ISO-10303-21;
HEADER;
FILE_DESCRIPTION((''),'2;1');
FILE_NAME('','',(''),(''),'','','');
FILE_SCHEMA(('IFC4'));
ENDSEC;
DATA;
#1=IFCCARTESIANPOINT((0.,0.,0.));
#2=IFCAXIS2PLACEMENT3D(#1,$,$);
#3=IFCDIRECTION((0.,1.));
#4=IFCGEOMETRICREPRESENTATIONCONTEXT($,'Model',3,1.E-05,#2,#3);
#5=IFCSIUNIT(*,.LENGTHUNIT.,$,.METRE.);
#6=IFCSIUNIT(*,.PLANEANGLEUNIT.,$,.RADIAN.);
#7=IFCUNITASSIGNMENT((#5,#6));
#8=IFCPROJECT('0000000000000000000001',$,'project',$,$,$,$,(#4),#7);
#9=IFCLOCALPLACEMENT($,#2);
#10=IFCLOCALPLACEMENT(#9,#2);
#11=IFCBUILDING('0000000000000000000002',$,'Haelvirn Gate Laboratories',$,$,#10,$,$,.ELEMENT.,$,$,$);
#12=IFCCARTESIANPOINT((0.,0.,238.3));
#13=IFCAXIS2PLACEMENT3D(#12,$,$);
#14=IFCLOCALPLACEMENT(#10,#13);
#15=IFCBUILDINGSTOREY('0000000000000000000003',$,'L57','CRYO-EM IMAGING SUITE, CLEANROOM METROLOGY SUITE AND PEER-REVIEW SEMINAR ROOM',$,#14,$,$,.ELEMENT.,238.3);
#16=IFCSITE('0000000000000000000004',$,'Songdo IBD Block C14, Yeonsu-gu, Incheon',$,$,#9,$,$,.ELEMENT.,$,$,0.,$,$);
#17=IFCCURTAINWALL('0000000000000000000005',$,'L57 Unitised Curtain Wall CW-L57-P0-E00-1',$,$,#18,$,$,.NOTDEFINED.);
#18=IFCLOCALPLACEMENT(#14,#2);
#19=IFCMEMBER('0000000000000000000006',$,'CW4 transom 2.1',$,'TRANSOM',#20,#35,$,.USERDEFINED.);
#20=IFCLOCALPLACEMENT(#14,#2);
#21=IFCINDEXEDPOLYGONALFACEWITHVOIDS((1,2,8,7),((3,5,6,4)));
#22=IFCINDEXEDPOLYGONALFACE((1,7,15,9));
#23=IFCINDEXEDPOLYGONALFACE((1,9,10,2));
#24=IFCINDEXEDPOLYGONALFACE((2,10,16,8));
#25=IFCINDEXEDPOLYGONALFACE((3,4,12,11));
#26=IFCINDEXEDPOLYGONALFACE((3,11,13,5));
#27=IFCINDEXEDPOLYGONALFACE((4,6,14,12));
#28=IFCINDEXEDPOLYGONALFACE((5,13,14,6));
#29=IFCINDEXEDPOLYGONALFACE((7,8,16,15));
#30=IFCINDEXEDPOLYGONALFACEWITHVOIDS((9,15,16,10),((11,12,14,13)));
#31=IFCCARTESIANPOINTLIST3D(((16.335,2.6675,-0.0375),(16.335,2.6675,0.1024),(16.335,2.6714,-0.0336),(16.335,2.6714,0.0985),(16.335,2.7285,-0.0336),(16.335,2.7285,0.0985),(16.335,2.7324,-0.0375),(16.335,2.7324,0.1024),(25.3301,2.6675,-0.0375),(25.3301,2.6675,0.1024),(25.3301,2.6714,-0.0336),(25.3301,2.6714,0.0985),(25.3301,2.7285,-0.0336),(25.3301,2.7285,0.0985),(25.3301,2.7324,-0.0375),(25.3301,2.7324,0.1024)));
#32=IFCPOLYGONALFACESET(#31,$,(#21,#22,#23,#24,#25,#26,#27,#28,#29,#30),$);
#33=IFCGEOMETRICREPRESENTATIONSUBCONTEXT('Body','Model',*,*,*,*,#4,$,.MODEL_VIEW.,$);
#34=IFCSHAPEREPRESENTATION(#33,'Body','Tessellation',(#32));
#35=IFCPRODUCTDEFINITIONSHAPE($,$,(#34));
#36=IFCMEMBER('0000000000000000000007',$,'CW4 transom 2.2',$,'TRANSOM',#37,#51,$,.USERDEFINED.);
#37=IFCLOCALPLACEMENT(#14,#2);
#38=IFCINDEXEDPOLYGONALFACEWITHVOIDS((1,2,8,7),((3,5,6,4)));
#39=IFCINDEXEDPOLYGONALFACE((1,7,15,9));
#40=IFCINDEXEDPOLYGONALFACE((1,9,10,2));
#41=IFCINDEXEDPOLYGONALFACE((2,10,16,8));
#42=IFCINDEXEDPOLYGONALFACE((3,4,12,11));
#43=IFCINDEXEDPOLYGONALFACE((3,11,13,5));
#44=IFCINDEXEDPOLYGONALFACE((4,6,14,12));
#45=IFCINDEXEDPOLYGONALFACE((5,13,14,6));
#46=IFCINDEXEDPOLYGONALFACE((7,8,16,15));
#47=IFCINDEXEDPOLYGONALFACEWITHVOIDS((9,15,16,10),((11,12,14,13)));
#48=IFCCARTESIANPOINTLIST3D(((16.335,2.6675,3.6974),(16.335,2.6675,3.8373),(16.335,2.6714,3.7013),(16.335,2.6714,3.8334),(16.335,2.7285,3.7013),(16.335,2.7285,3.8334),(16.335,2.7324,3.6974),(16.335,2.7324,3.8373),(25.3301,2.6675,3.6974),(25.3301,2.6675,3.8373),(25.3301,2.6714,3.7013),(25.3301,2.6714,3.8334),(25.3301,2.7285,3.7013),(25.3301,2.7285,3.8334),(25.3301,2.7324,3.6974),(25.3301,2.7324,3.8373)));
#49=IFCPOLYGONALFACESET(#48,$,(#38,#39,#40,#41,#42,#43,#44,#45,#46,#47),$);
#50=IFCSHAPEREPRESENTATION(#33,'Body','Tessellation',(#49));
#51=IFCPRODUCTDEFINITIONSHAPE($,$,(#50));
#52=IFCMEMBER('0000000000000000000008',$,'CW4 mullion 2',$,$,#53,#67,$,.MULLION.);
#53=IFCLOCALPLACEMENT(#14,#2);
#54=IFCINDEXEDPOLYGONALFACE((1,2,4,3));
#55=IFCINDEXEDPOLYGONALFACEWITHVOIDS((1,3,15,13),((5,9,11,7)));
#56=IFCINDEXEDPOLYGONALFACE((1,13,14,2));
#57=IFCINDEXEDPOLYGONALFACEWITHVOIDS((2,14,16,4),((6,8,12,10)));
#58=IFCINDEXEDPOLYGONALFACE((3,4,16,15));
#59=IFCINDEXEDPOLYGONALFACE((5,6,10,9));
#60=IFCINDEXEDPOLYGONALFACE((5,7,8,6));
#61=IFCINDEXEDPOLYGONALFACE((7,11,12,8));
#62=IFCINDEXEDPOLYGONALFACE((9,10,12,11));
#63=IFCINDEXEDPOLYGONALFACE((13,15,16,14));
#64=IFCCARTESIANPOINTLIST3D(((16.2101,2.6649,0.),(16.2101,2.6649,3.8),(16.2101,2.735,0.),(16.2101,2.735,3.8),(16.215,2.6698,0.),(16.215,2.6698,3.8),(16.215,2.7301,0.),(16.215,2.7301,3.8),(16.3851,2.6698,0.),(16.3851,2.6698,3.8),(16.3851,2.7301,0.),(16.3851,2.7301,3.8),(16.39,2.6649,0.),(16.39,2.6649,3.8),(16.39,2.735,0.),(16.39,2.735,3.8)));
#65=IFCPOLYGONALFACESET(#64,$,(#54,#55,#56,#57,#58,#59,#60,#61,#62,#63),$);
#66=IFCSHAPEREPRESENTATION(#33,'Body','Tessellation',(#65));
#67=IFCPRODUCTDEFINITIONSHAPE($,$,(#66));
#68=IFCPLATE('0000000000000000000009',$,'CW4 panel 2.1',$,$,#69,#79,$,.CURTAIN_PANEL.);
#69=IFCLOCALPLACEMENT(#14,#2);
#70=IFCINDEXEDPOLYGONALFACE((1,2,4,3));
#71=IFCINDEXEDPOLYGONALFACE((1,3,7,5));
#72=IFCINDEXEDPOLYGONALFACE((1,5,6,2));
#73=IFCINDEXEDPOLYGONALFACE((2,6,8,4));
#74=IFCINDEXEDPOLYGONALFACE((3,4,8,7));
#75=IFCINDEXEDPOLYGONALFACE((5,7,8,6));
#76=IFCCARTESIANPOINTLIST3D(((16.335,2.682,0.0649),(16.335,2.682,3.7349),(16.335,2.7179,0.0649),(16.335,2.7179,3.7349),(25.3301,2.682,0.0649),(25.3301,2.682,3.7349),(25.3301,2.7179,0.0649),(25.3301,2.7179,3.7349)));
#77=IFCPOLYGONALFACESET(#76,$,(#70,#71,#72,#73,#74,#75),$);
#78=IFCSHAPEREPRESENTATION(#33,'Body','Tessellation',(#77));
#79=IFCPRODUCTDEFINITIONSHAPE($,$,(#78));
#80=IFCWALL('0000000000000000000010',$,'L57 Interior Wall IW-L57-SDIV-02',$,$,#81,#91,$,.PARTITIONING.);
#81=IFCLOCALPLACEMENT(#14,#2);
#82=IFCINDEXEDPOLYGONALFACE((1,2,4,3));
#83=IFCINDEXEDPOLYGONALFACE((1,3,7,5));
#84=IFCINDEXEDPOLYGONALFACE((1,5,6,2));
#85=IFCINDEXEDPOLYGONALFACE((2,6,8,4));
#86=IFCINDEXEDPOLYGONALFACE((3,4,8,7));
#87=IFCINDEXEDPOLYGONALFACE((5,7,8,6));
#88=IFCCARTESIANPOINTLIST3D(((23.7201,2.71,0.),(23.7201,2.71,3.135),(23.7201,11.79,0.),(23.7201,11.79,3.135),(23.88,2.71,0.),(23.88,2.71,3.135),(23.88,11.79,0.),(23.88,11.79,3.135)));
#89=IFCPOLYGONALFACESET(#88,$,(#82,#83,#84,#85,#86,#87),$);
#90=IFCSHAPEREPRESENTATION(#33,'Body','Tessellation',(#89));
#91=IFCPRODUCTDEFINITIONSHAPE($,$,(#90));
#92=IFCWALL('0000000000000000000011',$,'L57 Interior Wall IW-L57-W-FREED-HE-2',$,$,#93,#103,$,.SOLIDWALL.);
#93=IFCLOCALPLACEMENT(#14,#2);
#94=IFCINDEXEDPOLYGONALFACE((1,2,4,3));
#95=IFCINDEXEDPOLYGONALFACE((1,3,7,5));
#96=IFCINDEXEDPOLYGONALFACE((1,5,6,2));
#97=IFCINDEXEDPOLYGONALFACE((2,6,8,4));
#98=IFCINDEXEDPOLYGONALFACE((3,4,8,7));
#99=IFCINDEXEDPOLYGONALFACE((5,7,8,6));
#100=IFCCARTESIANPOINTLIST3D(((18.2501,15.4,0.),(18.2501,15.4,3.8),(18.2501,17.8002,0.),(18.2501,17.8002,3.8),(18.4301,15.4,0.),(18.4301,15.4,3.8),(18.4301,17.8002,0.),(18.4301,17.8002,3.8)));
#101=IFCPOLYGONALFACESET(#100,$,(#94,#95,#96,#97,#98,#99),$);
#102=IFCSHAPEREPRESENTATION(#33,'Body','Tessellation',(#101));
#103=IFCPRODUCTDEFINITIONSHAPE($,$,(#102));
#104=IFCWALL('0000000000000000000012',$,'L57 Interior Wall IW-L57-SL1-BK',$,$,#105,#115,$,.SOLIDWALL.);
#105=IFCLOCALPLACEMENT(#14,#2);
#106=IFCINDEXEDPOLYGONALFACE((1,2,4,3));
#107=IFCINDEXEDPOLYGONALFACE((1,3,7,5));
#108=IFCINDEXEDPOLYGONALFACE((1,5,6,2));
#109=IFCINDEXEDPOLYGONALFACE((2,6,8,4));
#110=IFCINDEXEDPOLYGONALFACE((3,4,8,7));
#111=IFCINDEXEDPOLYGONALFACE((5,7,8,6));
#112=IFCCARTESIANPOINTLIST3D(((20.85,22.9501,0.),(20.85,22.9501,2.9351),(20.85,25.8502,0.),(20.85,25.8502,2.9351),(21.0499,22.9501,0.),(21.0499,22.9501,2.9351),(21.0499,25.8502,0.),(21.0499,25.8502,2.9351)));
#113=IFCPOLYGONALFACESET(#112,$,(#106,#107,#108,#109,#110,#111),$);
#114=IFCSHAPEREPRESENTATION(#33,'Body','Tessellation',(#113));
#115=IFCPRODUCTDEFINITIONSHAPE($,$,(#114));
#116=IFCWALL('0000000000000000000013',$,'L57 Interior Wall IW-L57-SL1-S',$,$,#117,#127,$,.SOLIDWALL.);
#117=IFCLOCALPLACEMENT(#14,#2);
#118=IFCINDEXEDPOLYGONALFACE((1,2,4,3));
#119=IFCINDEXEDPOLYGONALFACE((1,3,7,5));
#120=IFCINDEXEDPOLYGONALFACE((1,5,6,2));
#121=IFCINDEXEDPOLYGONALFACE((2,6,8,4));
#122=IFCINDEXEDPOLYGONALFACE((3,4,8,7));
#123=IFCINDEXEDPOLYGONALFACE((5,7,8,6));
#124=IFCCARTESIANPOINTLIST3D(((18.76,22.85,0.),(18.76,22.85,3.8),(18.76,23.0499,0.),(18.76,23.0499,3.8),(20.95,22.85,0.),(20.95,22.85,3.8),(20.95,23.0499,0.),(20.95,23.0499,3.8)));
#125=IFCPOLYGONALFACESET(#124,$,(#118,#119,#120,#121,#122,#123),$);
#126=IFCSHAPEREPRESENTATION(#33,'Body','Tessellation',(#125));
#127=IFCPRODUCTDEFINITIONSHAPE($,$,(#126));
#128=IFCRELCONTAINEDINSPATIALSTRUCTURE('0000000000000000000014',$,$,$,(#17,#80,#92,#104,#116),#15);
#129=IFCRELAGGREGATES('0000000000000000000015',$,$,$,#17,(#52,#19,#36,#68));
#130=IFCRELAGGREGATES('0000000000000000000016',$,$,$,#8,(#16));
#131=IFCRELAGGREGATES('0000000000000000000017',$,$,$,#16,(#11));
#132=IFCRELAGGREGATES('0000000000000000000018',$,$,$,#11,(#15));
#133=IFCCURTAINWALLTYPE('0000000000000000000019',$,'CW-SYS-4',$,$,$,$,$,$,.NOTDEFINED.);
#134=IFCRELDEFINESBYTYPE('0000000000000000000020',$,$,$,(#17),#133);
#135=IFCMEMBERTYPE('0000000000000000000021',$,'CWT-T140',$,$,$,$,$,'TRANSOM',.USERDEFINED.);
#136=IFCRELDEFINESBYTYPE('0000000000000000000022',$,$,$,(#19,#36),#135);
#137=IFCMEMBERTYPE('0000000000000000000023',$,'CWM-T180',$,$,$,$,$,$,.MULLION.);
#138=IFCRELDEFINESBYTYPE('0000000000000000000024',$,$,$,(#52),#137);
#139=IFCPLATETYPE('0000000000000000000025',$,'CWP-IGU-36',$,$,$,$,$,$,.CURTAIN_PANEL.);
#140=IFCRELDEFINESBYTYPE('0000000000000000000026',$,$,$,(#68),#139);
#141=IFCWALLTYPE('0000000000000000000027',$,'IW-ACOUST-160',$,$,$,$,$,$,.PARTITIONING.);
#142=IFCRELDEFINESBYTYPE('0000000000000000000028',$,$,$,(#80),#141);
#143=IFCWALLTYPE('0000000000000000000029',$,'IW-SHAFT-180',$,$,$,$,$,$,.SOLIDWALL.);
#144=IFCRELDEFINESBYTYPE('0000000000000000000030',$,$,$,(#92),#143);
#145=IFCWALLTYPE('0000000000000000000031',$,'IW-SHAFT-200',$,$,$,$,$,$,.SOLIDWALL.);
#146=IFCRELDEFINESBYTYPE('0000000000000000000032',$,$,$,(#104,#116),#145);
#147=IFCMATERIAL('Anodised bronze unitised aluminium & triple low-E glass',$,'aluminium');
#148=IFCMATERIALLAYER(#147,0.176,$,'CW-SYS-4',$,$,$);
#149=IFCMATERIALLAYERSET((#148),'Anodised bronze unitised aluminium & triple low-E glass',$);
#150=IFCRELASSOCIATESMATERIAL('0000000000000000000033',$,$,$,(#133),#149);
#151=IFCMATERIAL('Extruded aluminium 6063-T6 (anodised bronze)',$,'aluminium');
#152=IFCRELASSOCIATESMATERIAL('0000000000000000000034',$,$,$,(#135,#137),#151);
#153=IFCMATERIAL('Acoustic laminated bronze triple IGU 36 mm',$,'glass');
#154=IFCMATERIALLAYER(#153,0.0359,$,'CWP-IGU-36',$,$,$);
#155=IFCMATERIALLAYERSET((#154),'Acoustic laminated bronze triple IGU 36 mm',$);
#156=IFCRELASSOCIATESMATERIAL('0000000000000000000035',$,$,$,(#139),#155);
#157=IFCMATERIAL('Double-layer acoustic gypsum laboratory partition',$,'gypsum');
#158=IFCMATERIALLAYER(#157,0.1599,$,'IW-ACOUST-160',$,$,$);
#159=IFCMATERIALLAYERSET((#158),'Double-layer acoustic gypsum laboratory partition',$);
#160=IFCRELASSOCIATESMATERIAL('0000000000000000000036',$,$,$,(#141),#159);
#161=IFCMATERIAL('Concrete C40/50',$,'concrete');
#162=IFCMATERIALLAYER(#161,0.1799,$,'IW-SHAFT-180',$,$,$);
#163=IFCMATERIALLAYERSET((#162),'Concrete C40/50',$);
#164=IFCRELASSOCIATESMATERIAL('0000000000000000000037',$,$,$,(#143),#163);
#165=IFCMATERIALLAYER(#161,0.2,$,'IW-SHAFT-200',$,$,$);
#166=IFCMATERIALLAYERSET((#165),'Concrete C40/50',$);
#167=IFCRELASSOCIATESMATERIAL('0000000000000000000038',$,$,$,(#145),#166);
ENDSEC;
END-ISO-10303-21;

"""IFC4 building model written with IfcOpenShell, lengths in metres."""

from ifc_helpers import new_model, si_unit, direction, frame, frame_2d, origin, origin_2d, place, context, subcontext, project, spatial, rectangle, hollow_rectangle, extrude, source, transform, mapped, material, layer, layer_set, material_profile, profile_set, type_object, type_shapes, element, aggregate, save


model = new_model("IFC4")

# Units and contexts
model_context = context("Model", 3, precision=1e-05, world=origin(), true_north=direction((0.0, 1.0)))
body_context = subcontext(model_context, "Body", "Model", "MODEL_VIEW")
ifc_project = project(units=[si_unit("LENGTHUNIT", "METRE"), si_unit("PLANEANGLEUNIT", "RADIAN")], contexts=[model_context])

# Site, building, storey
site_placement = place(None, origin())
site = spatial("IfcSite", under=ifc_project, at=site_placement, Name="Songdo IBD Block C14, Yeonsu-gu, Incheon", CompositionType="ELEMENT", RefElevation=0.0)
building_placement = place(site_placement, origin())
building = spatial("IfcBuilding", under=site, at=building_placement, Name="Haelvirn Gate Laboratories", CompositionType="ELEMENT")
storey_placement = place(building_placement, frame((0.0, 0.0, 238.3)))
storey = spatial("IfcBuildingStorey", under=building, at=storey_placement, Name="L57", Description="CRYO-EM IMAGING SUITE, CLEANROOM METROLOGY SUITE AND PEER-REVIEW SEMINAR ROOM", CompositionType="ELEMENT", Elevation=238.3)

# Curtain wall, members, plate
ifc_material_1 = material(Name="Anodised bronze unitised aluminium & triple low-E glass", Category="aluminium")
ifc_layer_1 = layer(ifc_material_1, 0.176, Name="CW-SYS-4")
ifc_layer_set_1 = layer_set([ifc_layer_1], Name="Anodised bronze unitised aluminium & triple low-E glass")
curtain_wall_type = type_object("IfcCurtainWallType", Name="CW-SYS-4", PredefinedType="NOTDEFINED", material=ifc_layer_set_1)
curtain_wall_placement = place(storey_placement, origin())
curtain_wall = element("IfcCurtainWall", 1, at=curtain_wall_placement, inside=storey, type_object=curtain_wall_type, Name="L57 Unitised Curtain Wall CW-L57-P0-E00-1", PredefinedType="NOTDEFINED")
ifc_material_2 = material(Name="Extruded aluminium 6063-T6 (anodised bronze)", Category="aluminium")
ifc_material_profile_1 = material_profile(ifc_material_2, hollow_rectangle(XDim=0.0649, YDim=0.1399, WallThickness=0.0039, at=origin_2d()), Name="CWT-140x65x4")
ifc_profile_set_1 = profile_set([ifc_material_profile_1], Name="Extruded aluminium 6063-T6 (anodised bronze)")
member_type_1 = type_object("IfcMemberType", Name="CWT-T140", ElementType="TRANSOM", PredefinedType="USERDEFINED", material=ifc_profile_set_1)
shared_shape_1 = source(origin(), body_context, "Body", "SweptSolid", [
    extrude(hollow_rectangle(XDim=0.0649, YDim=0.1399, WallThickness=0.0039, at=origin_2d()), origin(), (0.0, 0.0, 1.0), 8.9951),
])
type_shapes(member_type_1, [shared_shape_1])
member_1_placement = place(storey_placement, frame((16.335, 2.7, 0.0325), z_axis=(1.0, 0.0, 0.0), x_axis=(0.0, 1.0, 0.0)))
member_1 = element("IfcMember", 2, at=member_1_placement, type_object=member_type_1, Name="CW4 transom 2.1", ObjectType="TRANSOM", PredefinedType="USERDEFINED", context=body_context, shape_type="MappedRepresentation", body=[
    mapped(shared_shape_1, transform((0.0, 0.0, 0.0), scale=1.0)),
])
member_2_placement = place(storey_placement, frame((16.335, 2.7, 3.7673), z_axis=(1.0, 0.0, 0.0), x_axis=(0.0, 1.0, 0.0)))
member_2 = element("IfcMember", 3, at=member_2_placement, type_object=member_type_1, Name="CW4 transom 2.2", ObjectType="TRANSOM", PredefinedType="USERDEFINED", context=body_context, shape_type="MappedRepresentation", body=[
    mapped(shared_shape_1, transform((0.0, 0.0, 0.0), scale=1.0)),
])
ifc_material_profile_2 = material_profile(ifc_material_2, hollow_rectangle(XDim=0.0701, YDim=0.1799, WallThickness=0.0049, at=origin_2d()), Name="CWM-180x70x5")
ifc_profile_set_2 = profile_set([ifc_material_profile_2], Name="Extruded aluminium 6063-T6 (anodised bronze)")
member_type_2 = type_object("IfcMemberType", Name="CWM-T180", PredefinedType="MULLION", material=ifc_profile_set_2)
shared_shape_2 = source(origin(), body_context, "Body", "SweptSolid", [
    extrude(hollow_rectangle(XDim=0.0701, YDim=0.1799, WallThickness=0.0049, at=origin_2d()), origin(), (0.0, 0.0, 1.0), 3.8),
])
type_shapes(member_type_2, [shared_shape_2])
member_3_placement = place(storey_placement, frame((16.3, 2.7, 0.0), z_axis=(0.0, 0.0, 1.0), x_axis=(0.0, 1.0, 0.0)))
member_3 = element("IfcMember", 4, at=member_3_placement, type_object=member_type_2, Name="CW4 mullion 2", PredefinedType="MULLION", context=body_context, shape_type="MappedRepresentation", body=[
    mapped(shared_shape_2, transform((0.0, 0.0, 0.0), scale=1.0)),
])
ifc_material_3 = material(Name="Acoustic laminated bronze triple IGU 36 mm", Category="glass")
ifc_layer_2 = layer(ifc_material_3, 0.0359, Name="CWP-IGU-36")
ifc_layer_set_2 = layer_set([ifc_layer_2], Name="Acoustic laminated bronze triple IGU 36 mm")
plate_type = type_object("IfcPlateType", Name="CWP-IGU-36", PredefinedType="CURTAIN_PANEL", material=ifc_layer_set_2)
shared_shape_3 = source(origin(), body_context, "Body", "SweptSolid", [
    extrude(rectangle(XDim=8.9951, YDim=0.0359, at=origin_2d()), origin(), (0.0, 0.0, 1.0), 3.6699),
])
type_shapes(plate_type, [shared_shape_3])
plate_placement = place(storey_placement, frame((20.8325, 2.7, 0.0649), z_axis=(0.0, 0.0, 1.0), x_axis=(1.0, 0.0, 0.0)))
plate = element("IfcPlate", 5, at=plate_placement, type_object=plate_type, Name="CW4 panel 2.1", PredefinedType="CURTAIN_PANEL", context=body_context, shape_type="MappedRepresentation", body=[
    mapped(shared_shape_3, transform((0.0, 0.0, 0.0), scale=1.0)),
])
aggregate(curtain_wall, [member_3, member_1, member_2, plate])

# Walls
ifc_material_4 = material(Name="Double-layer acoustic gypsum laboratory partition", Category="gypsum")
ifc_layer_3 = layer(ifc_material_4, 0.1599, Name="IW-ACOUST-160")
ifc_layer_set_3 = layer_set([ifc_layer_3], Name="Double-layer acoustic gypsum laboratory partition")
wall_type_1 = type_object("IfcWallType", Name="IW-ACOUST-160", PredefinedType="PARTITIONING", material=ifc_layer_set_3)
wall_1_placement = place(storey_placement, frame((23.8, 2.71, 0.0), z_axis=(0.0, 0.0, 1.0), x_axis=(0.0, 1.0, 0.0)))
element("IfcWall", 6, at=wall_1_placement, inside=storey, type_object=wall_type_1, Name="L57 Interior Wall IW-L57-SDIV-02", PredefinedType="PARTITIONING", context=body_context, shape_type="SweptSolid", body=[
    extrude(rectangle(XDim=9.0801, YDim=0.1599, at=frame_2d((4.54, 0.0))), origin(), (0.0, 0.0, 1.0), 3.135),
])
ifc_material_5 = material(Name="Concrete C40/50", Category="concrete")
ifc_layer_4 = layer(ifc_material_5, 0.1799, Name="IW-SHAFT-180")
ifc_layer_set_4 = layer_set([ifc_layer_4], Name="Concrete C40/50")
wall_type_2 = type_object("IfcWallType", Name="IW-SHAFT-180", PredefinedType="SOLIDWALL", material=ifc_layer_set_4)
wall_2_placement = place(storey_placement, frame((18.3401, 15.3999, 0.0), z_axis=(0.0, 0.0, 1.0), x_axis=(0.0, 1.0, 0.0)))
element("IfcWall", 7, at=wall_2_placement, inside=storey, type_object=wall_type_2, Name="L57 Interior Wall IW-L57-W-FREED-HE-2", PredefinedType="SOLIDWALL", context=body_context, shape_type="SweptSolid", body=[
    extrude(rectangle(XDim=2.4001, YDim=0.1799, at=frame_2d((1.2002, 0.0))), origin(), (0.0, 0.0, 1.0), 3.8),
])
ifc_layer_5 = layer(ifc_material_5, 0.2, Name="IW-SHAFT-200")
ifc_layer_set_5 = layer_set([ifc_layer_5], Name="Concrete C40/50")
wall_type_3 = type_object("IfcWallType", Name="IW-SHAFT-200", PredefinedType="SOLIDWALL", material=ifc_layer_set_5)
wall_3_placement = place(storey_placement, frame((20.95, 22.95, 0.0), z_axis=(0.0, 0.0, 1.0), x_axis=(0.0, 1.0, 0.0)))
element("IfcWall", 8, at=wall_3_placement, inside=storey, type_object=wall_type_3, Name="L57 Interior Wall IW-L57-SL1-BK", PredefinedType="SOLIDWALL", context=body_context, shape_type="SweptSolid", body=[
    extrude(rectangle(XDim=2.9001, YDim=0.2, at=frame_2d((1.4502, 0.0))), origin(), (0.0, 0.0, 1.0), 2.9351),
])
wall_4_placement = place(storey_placement, frame((18.76, 22.95, 0.0), z_axis=(0.0, 0.0, 1.0), x_axis=(1.0, 0.0, 0.0)))
element("IfcWall", 9, at=wall_4_placement, inside=storey, type_object=wall_type_3, Name="L57 Interior Wall IW-L57-SL1-S", PredefinedType="SOLIDWALL", context=body_context, shape_type="SweptSolid", body=[
    extrude(rectangle(XDim=2.1899, YDim=0.2, at=frame_2d((1.095, 0.0))), origin(), (0.0, 0.0, 1.0), 3.8),
])

save(model, "model.ifc")
